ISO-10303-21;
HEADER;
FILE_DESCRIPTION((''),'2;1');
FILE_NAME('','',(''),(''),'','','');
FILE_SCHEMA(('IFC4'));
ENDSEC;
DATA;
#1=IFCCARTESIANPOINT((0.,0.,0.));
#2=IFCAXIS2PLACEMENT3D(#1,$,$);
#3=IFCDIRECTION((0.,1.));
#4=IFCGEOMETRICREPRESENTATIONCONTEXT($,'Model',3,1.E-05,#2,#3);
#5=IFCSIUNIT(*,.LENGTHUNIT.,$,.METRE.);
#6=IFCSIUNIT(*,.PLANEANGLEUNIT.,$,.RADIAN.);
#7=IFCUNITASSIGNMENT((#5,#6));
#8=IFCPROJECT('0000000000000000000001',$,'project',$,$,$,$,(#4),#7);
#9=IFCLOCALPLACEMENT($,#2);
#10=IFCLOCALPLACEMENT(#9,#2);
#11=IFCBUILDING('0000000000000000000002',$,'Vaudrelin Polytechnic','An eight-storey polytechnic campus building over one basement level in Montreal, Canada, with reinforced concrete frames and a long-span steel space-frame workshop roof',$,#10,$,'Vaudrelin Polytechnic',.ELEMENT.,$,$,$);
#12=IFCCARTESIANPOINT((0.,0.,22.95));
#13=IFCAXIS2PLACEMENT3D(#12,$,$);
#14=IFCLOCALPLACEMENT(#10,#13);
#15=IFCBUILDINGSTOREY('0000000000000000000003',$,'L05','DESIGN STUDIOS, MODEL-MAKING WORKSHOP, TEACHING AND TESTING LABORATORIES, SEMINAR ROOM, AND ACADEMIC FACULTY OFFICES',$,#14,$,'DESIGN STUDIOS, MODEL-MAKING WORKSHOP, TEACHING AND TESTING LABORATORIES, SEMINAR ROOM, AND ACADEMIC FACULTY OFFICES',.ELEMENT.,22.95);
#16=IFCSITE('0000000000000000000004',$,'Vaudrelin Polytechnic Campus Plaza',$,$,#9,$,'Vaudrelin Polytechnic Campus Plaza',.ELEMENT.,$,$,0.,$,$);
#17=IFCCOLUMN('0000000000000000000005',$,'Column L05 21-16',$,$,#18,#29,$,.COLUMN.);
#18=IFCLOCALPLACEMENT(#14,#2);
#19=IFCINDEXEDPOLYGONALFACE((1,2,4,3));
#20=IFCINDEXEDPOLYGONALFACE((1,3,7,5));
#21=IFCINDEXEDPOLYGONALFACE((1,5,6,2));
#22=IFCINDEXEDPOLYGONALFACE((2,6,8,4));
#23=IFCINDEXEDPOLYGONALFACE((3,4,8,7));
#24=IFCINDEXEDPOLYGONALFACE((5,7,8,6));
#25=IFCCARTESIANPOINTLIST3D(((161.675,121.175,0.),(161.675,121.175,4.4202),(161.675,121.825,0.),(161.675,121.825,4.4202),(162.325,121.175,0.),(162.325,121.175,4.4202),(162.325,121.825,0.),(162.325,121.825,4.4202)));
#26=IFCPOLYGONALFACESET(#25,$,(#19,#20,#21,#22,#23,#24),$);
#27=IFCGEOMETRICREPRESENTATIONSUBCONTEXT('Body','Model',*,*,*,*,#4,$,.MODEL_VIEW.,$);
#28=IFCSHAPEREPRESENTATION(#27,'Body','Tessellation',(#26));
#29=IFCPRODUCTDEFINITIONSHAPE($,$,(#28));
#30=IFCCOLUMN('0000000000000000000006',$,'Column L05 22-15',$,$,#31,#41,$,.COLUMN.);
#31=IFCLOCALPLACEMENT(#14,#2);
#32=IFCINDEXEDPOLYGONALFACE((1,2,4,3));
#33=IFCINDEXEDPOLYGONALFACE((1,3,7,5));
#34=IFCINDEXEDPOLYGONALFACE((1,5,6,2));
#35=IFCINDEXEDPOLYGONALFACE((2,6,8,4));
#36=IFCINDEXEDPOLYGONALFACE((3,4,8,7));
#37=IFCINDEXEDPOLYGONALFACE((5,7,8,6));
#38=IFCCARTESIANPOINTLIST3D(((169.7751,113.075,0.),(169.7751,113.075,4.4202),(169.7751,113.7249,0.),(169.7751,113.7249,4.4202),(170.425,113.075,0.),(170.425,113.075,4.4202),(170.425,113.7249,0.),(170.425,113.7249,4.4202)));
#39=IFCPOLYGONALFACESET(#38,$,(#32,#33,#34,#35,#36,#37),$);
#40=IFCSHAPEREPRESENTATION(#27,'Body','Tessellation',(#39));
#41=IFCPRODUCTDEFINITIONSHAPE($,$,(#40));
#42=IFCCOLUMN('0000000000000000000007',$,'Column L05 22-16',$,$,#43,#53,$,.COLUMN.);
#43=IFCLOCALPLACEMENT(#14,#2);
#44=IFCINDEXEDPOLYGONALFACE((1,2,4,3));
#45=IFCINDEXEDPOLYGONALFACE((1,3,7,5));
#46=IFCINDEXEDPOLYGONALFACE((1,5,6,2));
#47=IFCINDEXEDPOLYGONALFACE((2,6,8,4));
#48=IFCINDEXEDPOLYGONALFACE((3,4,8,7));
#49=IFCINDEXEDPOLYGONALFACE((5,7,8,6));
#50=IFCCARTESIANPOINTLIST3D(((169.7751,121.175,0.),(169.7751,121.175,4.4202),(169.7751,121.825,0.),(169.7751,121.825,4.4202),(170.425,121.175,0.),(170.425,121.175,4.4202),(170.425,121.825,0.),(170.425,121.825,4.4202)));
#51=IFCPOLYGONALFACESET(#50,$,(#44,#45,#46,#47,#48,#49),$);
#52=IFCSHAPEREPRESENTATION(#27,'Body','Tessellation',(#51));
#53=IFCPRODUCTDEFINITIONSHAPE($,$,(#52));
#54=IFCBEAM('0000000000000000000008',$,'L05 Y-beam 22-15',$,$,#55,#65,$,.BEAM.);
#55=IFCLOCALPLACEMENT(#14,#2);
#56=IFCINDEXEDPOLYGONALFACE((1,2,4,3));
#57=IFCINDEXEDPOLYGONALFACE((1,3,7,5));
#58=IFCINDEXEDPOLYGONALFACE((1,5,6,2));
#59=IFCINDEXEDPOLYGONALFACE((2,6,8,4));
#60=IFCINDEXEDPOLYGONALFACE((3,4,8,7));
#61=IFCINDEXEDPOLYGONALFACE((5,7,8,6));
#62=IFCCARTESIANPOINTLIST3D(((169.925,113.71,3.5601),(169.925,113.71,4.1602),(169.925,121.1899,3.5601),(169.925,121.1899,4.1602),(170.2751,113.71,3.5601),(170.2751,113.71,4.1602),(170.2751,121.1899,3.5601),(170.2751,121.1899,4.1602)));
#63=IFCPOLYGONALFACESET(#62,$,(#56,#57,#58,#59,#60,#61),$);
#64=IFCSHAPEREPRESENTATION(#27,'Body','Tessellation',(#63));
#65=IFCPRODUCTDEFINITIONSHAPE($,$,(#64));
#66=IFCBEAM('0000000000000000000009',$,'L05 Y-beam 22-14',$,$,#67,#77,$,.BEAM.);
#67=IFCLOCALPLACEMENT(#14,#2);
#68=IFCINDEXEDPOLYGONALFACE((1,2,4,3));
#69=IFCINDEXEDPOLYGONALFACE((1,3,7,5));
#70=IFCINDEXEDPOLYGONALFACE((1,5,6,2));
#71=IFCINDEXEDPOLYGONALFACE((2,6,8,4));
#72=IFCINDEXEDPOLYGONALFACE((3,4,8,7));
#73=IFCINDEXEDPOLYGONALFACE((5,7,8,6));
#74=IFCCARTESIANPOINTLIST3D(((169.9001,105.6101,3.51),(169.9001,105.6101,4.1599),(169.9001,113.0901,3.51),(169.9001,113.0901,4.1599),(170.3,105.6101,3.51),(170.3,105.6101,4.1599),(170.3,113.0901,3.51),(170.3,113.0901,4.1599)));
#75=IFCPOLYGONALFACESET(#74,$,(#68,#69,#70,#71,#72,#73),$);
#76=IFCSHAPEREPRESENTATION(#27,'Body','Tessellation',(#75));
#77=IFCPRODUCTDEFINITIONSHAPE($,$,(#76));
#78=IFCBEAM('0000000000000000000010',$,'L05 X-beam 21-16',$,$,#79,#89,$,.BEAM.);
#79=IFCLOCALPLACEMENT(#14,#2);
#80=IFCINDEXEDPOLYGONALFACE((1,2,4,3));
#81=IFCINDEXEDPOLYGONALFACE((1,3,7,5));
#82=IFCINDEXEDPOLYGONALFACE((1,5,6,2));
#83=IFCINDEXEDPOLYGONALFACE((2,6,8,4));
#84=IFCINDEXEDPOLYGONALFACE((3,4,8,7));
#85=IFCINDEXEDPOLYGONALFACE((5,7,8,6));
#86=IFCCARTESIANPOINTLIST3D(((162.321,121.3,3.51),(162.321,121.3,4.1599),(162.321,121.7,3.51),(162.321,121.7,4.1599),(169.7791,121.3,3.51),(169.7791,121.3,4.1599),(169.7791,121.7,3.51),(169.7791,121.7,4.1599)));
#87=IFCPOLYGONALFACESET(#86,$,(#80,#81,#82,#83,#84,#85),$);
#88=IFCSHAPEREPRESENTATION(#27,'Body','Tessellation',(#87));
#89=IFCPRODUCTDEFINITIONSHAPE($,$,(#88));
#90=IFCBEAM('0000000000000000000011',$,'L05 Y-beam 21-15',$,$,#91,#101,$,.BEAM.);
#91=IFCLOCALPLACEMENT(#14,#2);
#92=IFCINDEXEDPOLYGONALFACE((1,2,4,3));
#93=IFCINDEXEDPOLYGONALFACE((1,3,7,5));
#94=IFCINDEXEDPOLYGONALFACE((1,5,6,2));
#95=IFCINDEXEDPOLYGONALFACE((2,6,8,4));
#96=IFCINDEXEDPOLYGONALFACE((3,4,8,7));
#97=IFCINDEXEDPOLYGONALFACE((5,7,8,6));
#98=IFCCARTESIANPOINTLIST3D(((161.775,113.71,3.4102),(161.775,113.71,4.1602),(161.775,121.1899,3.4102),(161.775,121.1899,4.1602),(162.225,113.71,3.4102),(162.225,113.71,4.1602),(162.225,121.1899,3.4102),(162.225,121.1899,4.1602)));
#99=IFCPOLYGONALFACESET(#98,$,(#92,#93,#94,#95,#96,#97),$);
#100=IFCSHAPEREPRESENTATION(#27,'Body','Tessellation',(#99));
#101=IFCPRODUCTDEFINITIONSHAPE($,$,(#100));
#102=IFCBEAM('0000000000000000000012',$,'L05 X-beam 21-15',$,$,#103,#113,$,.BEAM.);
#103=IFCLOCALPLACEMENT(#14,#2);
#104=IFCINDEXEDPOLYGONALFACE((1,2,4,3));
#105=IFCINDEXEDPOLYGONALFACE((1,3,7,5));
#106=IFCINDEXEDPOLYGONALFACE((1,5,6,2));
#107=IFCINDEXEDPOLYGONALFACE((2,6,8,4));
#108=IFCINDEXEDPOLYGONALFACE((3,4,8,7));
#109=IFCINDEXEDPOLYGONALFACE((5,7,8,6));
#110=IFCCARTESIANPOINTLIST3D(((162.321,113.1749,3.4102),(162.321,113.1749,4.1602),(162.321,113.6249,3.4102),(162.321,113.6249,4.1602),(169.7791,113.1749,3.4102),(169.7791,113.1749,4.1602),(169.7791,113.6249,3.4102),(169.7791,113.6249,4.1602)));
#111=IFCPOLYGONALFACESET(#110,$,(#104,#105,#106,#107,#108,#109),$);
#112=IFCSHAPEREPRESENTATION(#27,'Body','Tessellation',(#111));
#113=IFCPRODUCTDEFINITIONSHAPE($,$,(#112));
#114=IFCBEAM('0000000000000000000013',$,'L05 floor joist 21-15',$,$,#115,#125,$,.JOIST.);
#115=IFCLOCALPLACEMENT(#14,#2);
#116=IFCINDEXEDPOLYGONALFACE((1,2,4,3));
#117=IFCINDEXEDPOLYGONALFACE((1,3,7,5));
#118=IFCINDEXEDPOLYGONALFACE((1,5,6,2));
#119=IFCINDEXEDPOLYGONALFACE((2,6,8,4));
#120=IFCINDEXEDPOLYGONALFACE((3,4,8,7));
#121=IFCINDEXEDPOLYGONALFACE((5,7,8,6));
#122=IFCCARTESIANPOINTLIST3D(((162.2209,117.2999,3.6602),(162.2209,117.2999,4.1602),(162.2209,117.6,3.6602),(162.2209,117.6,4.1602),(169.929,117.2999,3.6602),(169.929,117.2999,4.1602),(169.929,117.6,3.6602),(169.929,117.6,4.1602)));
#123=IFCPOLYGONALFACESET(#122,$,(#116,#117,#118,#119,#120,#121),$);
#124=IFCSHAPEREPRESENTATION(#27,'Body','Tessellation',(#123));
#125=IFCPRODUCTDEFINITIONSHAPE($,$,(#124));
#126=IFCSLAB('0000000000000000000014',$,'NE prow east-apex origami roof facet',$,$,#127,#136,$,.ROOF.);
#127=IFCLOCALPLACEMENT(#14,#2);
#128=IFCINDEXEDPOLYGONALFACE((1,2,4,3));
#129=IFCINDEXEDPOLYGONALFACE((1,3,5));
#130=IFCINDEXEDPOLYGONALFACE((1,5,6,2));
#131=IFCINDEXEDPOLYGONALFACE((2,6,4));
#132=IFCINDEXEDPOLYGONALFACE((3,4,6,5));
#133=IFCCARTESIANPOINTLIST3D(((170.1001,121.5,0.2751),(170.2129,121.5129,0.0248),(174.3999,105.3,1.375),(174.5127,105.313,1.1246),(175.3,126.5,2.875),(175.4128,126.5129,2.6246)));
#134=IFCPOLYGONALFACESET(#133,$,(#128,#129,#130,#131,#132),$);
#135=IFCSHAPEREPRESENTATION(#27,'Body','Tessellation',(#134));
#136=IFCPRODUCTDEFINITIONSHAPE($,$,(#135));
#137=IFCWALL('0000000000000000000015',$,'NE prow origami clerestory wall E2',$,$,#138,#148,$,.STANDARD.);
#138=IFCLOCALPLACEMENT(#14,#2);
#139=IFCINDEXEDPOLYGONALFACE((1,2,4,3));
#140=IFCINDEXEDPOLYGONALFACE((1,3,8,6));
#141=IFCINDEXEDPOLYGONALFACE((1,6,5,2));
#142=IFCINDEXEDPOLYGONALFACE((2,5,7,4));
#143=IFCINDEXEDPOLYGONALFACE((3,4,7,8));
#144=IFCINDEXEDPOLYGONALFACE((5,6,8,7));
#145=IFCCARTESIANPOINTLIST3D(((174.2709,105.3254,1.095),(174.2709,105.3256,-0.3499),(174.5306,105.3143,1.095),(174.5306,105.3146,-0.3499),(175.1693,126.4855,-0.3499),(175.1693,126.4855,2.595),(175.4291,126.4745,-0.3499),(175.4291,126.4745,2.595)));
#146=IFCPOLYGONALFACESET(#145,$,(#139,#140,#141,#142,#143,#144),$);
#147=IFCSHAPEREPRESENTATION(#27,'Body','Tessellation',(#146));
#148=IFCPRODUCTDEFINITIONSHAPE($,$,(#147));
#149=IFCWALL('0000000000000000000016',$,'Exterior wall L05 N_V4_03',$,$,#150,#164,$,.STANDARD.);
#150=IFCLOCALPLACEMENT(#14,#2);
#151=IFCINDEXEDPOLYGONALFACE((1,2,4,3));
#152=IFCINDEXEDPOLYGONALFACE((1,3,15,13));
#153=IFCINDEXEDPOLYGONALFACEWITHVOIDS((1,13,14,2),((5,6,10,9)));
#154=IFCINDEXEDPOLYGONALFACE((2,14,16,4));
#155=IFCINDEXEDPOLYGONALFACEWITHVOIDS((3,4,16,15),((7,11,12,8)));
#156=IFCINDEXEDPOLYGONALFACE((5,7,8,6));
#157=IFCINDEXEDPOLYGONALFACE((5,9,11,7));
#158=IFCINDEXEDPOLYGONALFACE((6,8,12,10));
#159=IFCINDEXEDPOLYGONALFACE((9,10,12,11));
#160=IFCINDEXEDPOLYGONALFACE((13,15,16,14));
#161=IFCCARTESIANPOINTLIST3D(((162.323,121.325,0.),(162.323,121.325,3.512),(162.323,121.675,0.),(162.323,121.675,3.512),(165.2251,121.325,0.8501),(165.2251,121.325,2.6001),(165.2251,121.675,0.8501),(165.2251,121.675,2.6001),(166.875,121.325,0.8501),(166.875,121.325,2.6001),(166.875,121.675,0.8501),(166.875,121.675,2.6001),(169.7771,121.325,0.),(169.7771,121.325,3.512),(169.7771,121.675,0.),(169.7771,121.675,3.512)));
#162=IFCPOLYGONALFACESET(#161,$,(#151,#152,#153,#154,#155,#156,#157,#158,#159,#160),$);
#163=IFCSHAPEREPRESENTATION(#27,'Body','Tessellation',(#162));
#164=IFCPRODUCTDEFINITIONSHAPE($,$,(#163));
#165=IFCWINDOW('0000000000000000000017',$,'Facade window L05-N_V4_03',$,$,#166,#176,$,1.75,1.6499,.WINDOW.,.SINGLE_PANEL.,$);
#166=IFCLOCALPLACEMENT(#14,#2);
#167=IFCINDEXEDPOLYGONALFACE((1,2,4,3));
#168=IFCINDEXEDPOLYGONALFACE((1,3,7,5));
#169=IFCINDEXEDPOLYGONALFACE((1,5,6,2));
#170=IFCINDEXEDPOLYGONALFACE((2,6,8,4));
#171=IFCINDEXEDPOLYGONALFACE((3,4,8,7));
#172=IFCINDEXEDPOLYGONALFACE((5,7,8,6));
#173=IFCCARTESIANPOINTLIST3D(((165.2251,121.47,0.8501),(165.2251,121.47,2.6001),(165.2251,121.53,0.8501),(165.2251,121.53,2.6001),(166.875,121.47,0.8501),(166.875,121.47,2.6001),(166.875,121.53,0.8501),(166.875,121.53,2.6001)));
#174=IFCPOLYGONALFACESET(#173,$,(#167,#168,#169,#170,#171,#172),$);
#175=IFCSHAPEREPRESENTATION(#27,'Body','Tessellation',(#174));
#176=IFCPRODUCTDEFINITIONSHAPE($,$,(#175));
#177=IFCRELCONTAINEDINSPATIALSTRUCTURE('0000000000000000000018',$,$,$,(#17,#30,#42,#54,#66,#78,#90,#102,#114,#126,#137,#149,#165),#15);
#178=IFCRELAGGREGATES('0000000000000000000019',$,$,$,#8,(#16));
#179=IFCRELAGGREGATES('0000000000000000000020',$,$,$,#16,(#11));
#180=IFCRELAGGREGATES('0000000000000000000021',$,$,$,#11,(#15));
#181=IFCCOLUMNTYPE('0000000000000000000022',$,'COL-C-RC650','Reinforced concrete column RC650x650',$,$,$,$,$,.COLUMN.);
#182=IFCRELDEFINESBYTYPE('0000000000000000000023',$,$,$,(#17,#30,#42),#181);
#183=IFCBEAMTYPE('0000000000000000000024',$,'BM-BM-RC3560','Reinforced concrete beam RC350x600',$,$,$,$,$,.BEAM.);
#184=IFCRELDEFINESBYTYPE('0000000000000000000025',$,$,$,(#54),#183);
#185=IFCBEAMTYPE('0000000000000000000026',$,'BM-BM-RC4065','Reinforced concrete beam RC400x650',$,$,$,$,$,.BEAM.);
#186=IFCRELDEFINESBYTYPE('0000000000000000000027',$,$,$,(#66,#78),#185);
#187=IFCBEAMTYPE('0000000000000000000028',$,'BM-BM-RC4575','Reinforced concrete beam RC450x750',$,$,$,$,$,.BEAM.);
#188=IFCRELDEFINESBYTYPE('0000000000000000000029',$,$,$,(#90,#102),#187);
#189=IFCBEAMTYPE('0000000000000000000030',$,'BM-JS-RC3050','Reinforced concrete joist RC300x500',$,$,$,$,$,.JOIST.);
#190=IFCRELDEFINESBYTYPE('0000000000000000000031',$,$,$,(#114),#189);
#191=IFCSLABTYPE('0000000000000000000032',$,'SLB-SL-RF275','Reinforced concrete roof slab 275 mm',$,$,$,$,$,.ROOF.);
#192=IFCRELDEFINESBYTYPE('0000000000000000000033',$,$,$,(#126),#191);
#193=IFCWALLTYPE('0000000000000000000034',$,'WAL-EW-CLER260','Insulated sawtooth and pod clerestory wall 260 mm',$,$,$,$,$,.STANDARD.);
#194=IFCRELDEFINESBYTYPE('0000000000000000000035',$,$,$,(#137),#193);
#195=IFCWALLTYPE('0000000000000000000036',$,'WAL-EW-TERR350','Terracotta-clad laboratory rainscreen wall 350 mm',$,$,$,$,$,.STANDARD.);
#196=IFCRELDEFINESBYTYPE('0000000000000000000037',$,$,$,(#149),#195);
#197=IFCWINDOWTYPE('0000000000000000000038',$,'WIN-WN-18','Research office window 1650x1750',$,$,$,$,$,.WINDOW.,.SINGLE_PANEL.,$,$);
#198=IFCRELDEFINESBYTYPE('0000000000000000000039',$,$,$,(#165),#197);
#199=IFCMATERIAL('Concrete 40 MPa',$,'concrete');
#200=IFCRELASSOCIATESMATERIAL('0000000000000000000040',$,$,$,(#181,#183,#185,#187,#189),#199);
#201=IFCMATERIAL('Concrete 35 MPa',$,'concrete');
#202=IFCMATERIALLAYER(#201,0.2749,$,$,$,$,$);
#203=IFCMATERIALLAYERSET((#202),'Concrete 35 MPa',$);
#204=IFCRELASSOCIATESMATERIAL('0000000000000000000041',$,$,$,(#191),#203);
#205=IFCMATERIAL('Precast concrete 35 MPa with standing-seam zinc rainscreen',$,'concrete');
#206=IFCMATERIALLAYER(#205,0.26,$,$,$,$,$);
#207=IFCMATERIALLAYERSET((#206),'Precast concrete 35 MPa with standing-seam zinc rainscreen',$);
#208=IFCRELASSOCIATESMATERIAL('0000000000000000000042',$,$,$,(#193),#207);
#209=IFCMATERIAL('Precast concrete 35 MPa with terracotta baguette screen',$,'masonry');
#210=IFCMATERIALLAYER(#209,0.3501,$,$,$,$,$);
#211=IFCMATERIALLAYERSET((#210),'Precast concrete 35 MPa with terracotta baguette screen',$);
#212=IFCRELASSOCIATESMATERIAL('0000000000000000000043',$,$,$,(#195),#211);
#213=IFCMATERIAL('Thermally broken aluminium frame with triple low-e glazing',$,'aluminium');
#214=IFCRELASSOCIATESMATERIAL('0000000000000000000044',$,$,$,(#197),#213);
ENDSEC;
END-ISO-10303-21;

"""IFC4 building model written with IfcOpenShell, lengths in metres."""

from ifc_helpers import new_model, si_unit, direction, frame, frame_2d, origin, origin_2d, place, context, subcontext, project, spatial, polyline, rectangle, outline, extrude, material, layer, layer_set, material_profile, profile_set, type_object, element, fill, save


model = new_model("IFC4")

# Units and contexts
model_context = context("Model", 3, precision=1e-05, world=origin(), true_north=direction((0.0, 1.0)))
body_context = subcontext(model_context, "Body", "Model", "MODEL_VIEW")
ifc_project = project(units=[si_unit("LENGTHUNIT", "METRE"), si_unit("PLANEANGLEUNIT", "RADIAN")], contexts=[model_context])

# Site, building, storey
site_placement = place(None, origin())
site = spatial("IfcSite", under=ifc_project, at=site_placement, Name="Vaudrelin Polytechnic Campus Plaza", LongName="Vaudrelin Polytechnic Campus Plaza", CompositionType="ELEMENT", RefElevation=0.0)
building_placement = place(site_placement, origin())
building = spatial("IfcBuilding", under=site, at=building_placement, Name="Vaudrelin Polytechnic", Description="An eight-storey polytechnic campus building over one basement level in Montreal, Canada, with reinforced concrete frames and a long-span steel space-frame workshop roof", LongName="Vaudrelin Polytechnic", CompositionType="ELEMENT")
storey_placement = place(building_placement, frame((0.0, 0.0, 22.95)))
storey = spatial("IfcBuildingStorey", under=building, at=storey_placement, Name="L05", Description="DESIGN STUDIOS, MODEL-MAKING WORKSHOP, TEACHING AND TESTING LABORATORIES, SEMINAR ROOM, AND ACADEMIC FACULTY OFFICES", LongName="DESIGN STUDIOS, MODEL-MAKING WORKSHOP, TEACHING AND TESTING LABORATORIES, SEMINAR ROOM, AND ACADEMIC FACULTY OFFICES", CompositionType="ELEMENT", Elevation=22.95)

# Columns
ifc_material_1 = material(Name="Concrete 40 MPa", Category="concrete")
ifc_material_profile_1 = material_profile(ifc_material_1, rectangle(XDim=0.6499, YDim=0.6499, at=origin_2d()), Name="RC650x650")
ifc_profile_set_1 = profile_set([ifc_material_profile_1], Name="Concrete 40 MPa")
column_type = type_object("IfcColumnType", Name="COL-C-RC650", Description="Reinforced concrete column RC650x650", PredefinedType="COLUMN", material=ifc_profile_set_1)
for number, where, z_axis, x_axis, name in (
    (1, (162.0, 121.5, 0.0), (0.0, 0.0, 1.0), (1.0, 0.0, 0.0), "Column L05 21-16"),
    (2, (170.1001, 113.3999, 0.0), (0.0, 0.0, 1.0), (1.0, 0.0, 0.0), "Column L05 22-15"),
    (3, (170.1001, 121.5, 0.0), (0.0, 0.0, 1.0), (1.0, 0.0, 0.0), "Column L05 22-16"),
):
    element("IfcColumn", number, at=place(storey_placement, frame(where, z_axis=z_axis, x_axis=x_axis)), inside=storey, type_object=column_type, Name=name, PredefinedType="COLUMN", context=body_context, shape_type="SweptSolid", body=[
        extrude(rectangle(XDim=0.6499, YDim=0.6499, at=origin_2d()), origin(), (0.0, 0.0, 1.0), 4.4202),
    ])

# Beams
ifc_material_profile_2 = material_profile(ifc_material_1, rectangle(XDim=0.3501, YDim=0.6001, at=origin_2d()), Name="RC350x600")
ifc_profile_set_2 = profile_set([ifc_material_profile_2], Name="Concrete 40 MPa")
beam_type_1 = type_object("IfcBeamType", Name="BM-BM-RC3560", Description="Reinforced concrete beam RC350x600", PredefinedType="BEAM", material=ifc_profile_set_2)
beam_1_placement = place(storey_placement, frame((170.1001, 113.71, 3.8601), z_axis=(0.0, 1.0, 0.0), x_axis=(-1.0, 0.0, 0.0)))
element("IfcBeam", 4, at=beam_1_placement, inside=storey, type_object=beam_type_1, Name="L05 Y-beam 22-15", PredefinedType="BEAM", context=body_context, shape_type="SweptSolid", body=[
    extrude(rectangle(XDim=0.3501, YDim=0.6001, at=origin_2d()), origin(), (0.0, 0.0, 1.0), 7.48),
])
ifc_material_profile_3 = material_profile(ifc_material_1, rectangle(XDim=0.3999, YDim=0.6499, at=origin_2d()), Name="RC400x650")
ifc_profile_set_3 = profile_set([ifc_material_profile_3], Name="Concrete 40 MPa")
beam_type_2 = type_object("IfcBeamType", Name="BM-BM-RC4065", Description="Reinforced concrete beam RC400x650", PredefinedType="BEAM", material=ifc_profile_set_3)
beam_2_placement = place(storey_placement, frame((170.1001, 105.6101, 3.835), z_axis=(0.0, 1.0, 0.0), x_axis=(-1.0, 0.0, 0.0)))
element("IfcBeam", 5, at=beam_2_placement, inside=storey, type_object=beam_type_2, Name="L05 Y-beam 22-14", PredefinedType="BEAM", context=body_context, shape_type="SweptSolid", body=[
    extrude(rectangle(XDim=0.3999, YDim=0.6499, at=origin_2d()), origin(), (0.0, 0.0, 1.0), 7.48),
])
beam_3_placement = place(storey_placement, frame((162.321, 121.5, 3.835), z_axis=(1.0, 0.0, 0.0), x_axis=(0.0, 1.0, 0.0)))
element("IfcBeam", 6, at=beam_3_placement, inside=storey, type_object=beam_type_2, Name="L05 X-beam 21-16", PredefinedType="BEAM", context=body_context, shape_type="SweptSolid", body=[
    extrude(rectangle(XDim=0.3999, YDim=0.6499, at=origin_2d()), origin(), (0.0, 0.0, 1.0), 7.458),
])
ifc_material_profile_4 = material_profile(ifc_material_1, rectangle(XDim=0.45, YDim=0.75, at=origin_2d()), Name="RC450x750")
ifc_profile_set_4 = profile_set([ifc_material_profile_4], Name="Concrete 40 MPa")
beam_type_3 = type_object("IfcBeamType", Name="BM-BM-RC4575", Description="Reinforced concrete beam RC450x750", PredefinedType="BEAM", material=ifc_profile_set_4)
beam_4_placement = place(storey_placement, frame((162.0, 113.71, 3.7852), z_axis=(0.0, 1.0, 0.0), x_axis=(-1.0, 0.0, 0.0)))
element("IfcBeam", 7, at=beam_4_placement, inside=storey, type_object=beam_type_3, Name="L05 Y-beam 21-15", PredefinedType="BEAM", context=body_context, shape_type="SweptSolid", body=[
    extrude(rectangle(XDim=0.45, YDim=0.75, at=origin_2d()), origin(), (0.0, 0.0, 1.0), 7.48),
])
beam_5_placement = place(storey_placement, frame((162.321, 113.3999, 3.7852), z_axis=(1.0, 0.0, 0.0), x_axis=(0.0, 1.0, 0.0)))
element("IfcBeam", 8, at=beam_5_placement, inside=storey, type_object=beam_type_3, Name="L05 X-beam 21-15", PredefinedType="BEAM", context=body_context, shape_type="SweptSolid", body=[
    extrude(rectangle(XDim=0.45, YDim=0.75, at=origin_2d()), origin(), (0.0, 0.0, 1.0), 7.458),
])
ifc_material_profile_5 = material_profile(ifc_material_1, rectangle(XDim=0.3, YDim=0.5, at=origin_2d()), Name="RC300x500")
ifc_profile_set_5 = profile_set([ifc_material_profile_5], Name="Concrete 40 MPa")
beam_type_4 = type_object("IfcBeamType", Name="BM-JS-RC3050", Description="Reinforced concrete joist RC300x500", PredefinedType="JOIST", material=ifc_profile_set_5)
beam_6_placement = place(storey_placement, frame((162.2209, 117.45, 3.9102), z_axis=(1.0, 0.0, 0.0), x_axis=(0.0, 1.0, 0.0)))
element("IfcBeam", 9, at=beam_6_placement, inside=storey, type_object=beam_type_4, Name="L05 floor joist 21-15", PredefinedType="JOIST", context=body_context, shape_type="SweptSolid", body=[
    extrude(rectangle(XDim=0.3, YDim=0.5, at=origin_2d()), origin(), (0.0, 0.0, 1.0), 7.708),
])

# Slab
ifc_material_2 = material(Name="Concrete 35 MPa", Category="concrete")
ifc_layer_1 = layer(ifc_material_2, 0.2749)
ifc_layer_set_1 = layer_set([ifc_layer_1], Name="Concrete 35 MPa")
slab_type = type_object("IfcSlabType", Name="SLB-SL-RF275", Description="Reinforced concrete roof slab 275 mm", PredefinedType="ROOF", material=ifc_layer_set_1)
slab_placement = place(storey_placement, frame((170.1001, 121.5, 0.2751), z_axis=(-0.410159, -0.047028, 0.910801), x_axis=(0.678134, 0.652058, 0.339051)))
element("IfcSlab", 10, at=slab_placement, inside=storey, type_object=slab_type, Name="NE prow east-apex origami roof facet", PredefinedType="ROOF", context=body_context, shape_type="SweptSolid", body=[
    extrude(outline(polyline([(0.0, 0.0), (7.668, 0.0), (-7.2746, -15.1399), (0.0, 0.0)])), origin(), (0.0, 0.0, -1.0), 0.2749),
])

# Wall
ifc_material_3 = material(Name="Precast concrete 35 MPa with standing-seam zinc rainscreen", Category="concrete")
ifc_layer_2 = layer(ifc_material_3, 0.26)
ifc_layer_set_2 = layer_set([ifc_layer_2], Name="Precast concrete 35 MPa with standing-seam zinc rainscreen")
wall_type_1 = type_object("IfcWallType", Name="WAL-EW-CLER260", Description="Insulated sawtooth and pod clerestory wall 260 mm", PredefinedType="STANDARD", material=ifc_layer_set_2)
wall_1_placement = place(storey_placement, frame((175.2993, 126.48, -0.3499), z_axis=(0.0, 0.0, 1.0), x_axis=(-0.042421, -0.9991, 0.0)))
element("IfcWall", 11, at=wall_1_placement, inside=storey, type_object=wall_type_1, Name="NE prow origami clerestory wall E2", PredefinedType="STANDARD", context=body_context, shape_type="SweptSolid", body=[
    extrude(outline(polyline([(0.0, 0.0), (21.179, 0.0), (21.1792, 1.4448), (0.0, 2.9448), (0.0, 0.0)])), frame((0.0, 0.1299, 0.0), z_axis=(0.0, -1.0, 0.0), x_axis=(1.0, 0.0, 0.0)), (0.0, 0.0, 1.0), 0.26),
])

# Wall, opening, window
ifc_material_4 = material(Name="Precast concrete 35 MPa with terracotta baguette screen", Category="masonry")
ifc_layer_3 = layer(ifc_material_4, 0.3501)
ifc_layer_set_3 = layer_set([ifc_layer_3], Name="Precast concrete 35 MPa with terracotta baguette screen")
wall_type_2 = type_object("IfcWallType", Name="WAL-EW-TERR350", Description="Terracotta-clad laboratory rainscreen wall 350 mm", PredefinedType="STANDARD", material=ifc_layer_set_3)
wall_2_placement = place(storey_placement, frame((162.323, 121.5, 0.0), z_axis=(0.0, 0.0, 1.0), x_axis=(1.0, 0.0, 0.0)))
wall_2 = element("IfcWall", 12, at=wall_2_placement, inside=storey, type_object=wall_type_2, Name="Exterior wall L05 N_V4_03", PredefinedType="STANDARD", context=body_context, shape_type="SweptSolid", body=[
    extrude(rectangle(XDim=7.4541, YDim=0.3501, at=frame_2d((3.7271, 0.0))), origin(), (0.0, 0.0, 1.0), 3.512),
])
opening_1_placement = place(wall_2_placement, frame((2.9021, 0.0, 0.8501)))
opening_1 = element("IfcOpeningElement", 13, at=opening_1_placement, cuts=wall_2, PredefinedType="OPENING", context=body_context, shape_type="SweptSolid", body=[
    extrude(rectangle(XDim=1.6499, YDim=1.75, at=frame_2d((0.825, 0.875))), frame((0.0, 0.1851, 0.0), z_axis=(0.0, -1.0, 0.0), x_axis=(1.0, 0.0, 0.0)), (0.0, 0.0, 1.0), 0.3701),
])
ifc_material_5 = material(Name="Thermally broken aluminium frame with triple low-e glazing", Category="aluminium")
window_type_1 = type_object("IfcWindowType", Name="WIN-WN-18", Description="Research office window 1650x1750", PartitioningType="SINGLE_PANEL", PredefinedType="WINDOW", material=ifc_material_5)
window_1_placement = place(opening_1_placement, origin())
window_1 = element("IfcWindow", 14, at=window_1_placement, inside=storey, type_object=window_type_1, Name="Facade window L05-N_V4_03", OverallHeight=1.75, OverallWidth=1.6499, PartitioningType="SINGLE_PANEL", PredefinedType="WINDOW", context=body_context, shape_type="SweptSolid", body=[
    extrude(rectangle(XDim=1.6499, YDim=1.75, at=frame_2d((0.825, 0.875))), frame((0.0, 0.03, 0.0), z_axis=(0.0, -1.0, 0.0), x_axis=(1.0, 0.0, 0.0)), (0.0, 0.0, 1.0), 0.0601),
])
fill(opening_1, window_1)

save(model, "model.ifc")
